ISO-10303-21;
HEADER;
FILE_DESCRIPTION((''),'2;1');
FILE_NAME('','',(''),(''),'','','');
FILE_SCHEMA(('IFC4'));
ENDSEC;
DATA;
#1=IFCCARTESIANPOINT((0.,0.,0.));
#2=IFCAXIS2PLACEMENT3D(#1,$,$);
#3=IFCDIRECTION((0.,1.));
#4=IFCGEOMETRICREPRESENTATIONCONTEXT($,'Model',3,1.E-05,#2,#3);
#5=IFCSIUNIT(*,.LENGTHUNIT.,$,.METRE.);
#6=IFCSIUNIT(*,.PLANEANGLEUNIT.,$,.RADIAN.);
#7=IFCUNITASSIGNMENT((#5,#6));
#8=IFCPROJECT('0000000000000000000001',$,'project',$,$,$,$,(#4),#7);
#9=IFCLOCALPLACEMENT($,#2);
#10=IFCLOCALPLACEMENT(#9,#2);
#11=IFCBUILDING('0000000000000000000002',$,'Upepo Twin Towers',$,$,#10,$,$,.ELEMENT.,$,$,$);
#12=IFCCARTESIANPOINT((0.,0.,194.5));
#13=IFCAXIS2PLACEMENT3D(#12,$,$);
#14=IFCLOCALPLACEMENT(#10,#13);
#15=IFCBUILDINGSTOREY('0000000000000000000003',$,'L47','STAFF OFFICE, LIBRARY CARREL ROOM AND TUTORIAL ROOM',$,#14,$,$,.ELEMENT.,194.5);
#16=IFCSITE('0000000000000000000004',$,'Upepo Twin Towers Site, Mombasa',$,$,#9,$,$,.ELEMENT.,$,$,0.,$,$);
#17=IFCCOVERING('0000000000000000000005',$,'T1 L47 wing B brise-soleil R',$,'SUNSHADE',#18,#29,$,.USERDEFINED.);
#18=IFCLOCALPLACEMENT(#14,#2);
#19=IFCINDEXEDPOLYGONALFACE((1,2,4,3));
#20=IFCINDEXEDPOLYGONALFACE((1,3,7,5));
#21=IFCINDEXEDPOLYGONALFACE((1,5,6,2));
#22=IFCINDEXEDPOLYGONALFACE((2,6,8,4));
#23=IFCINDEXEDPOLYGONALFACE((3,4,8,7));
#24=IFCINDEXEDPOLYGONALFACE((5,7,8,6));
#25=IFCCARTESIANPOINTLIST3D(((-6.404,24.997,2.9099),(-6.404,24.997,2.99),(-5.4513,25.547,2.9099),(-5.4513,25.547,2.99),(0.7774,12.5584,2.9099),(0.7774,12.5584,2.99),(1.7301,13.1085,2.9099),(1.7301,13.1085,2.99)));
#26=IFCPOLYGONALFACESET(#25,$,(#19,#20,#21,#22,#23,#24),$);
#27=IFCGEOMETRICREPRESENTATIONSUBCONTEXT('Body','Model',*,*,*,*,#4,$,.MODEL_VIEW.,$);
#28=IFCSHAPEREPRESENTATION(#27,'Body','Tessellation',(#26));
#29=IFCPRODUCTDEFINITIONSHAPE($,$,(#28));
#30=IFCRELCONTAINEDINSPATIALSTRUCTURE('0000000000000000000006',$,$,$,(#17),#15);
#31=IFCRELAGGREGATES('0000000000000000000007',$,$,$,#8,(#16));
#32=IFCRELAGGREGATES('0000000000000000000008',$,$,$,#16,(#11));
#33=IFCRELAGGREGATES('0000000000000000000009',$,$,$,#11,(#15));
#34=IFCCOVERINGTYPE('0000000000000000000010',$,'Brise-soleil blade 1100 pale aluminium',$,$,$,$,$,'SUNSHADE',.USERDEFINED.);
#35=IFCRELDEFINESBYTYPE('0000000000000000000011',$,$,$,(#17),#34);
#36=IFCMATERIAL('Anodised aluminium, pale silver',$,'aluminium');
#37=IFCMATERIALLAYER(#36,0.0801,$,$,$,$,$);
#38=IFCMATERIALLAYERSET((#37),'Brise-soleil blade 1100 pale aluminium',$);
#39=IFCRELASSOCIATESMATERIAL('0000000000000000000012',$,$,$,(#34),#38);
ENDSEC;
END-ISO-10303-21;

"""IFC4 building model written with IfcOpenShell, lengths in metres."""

from ifc_helpers import new_model, si_unit, direction, frame, origin, origin_2d, place, context, subcontext, project, spatial, rectangle, extrude, material, layer, layer_set, type_object, element, save


model = new_model("IFC4")

# Units and contexts
model_context = context("Model", 3, precision=1e-05, world=origin(), true_north=direction((0.0, 1.0)))
body_context = subcontext(model_context, "Body", "Model", "MODEL_VIEW")
ifc_project = project(units=[si_unit("LENGTHUNIT", "METRE"), si_unit("PLANEANGLEUNIT", "RADIAN")], contexts=[model_context])

# Site, building, storey
site_placement = place(None, origin())
site = spatial("IfcSite", under=ifc_project, at=site_placement, Name="Upepo Twin Towers Site, Mombasa", CompositionType="ELEMENT", RefElevation=0.0)
building_placement = place(site_placement, origin())
building = spatial("IfcBuilding", under=site, at=building_placement, Name="Upepo Twin Towers", CompositionType="ELEMENT")
storey_placement = place(building_placement, frame((0.0, 0.0, 194.5)))
storey = spatial("IfcBuildingStorey", under=building, at=storey_placement, Name="L47", Description="STAFF OFFICE, LIBRARY CARREL ROOM AND TUTORIAL ROOM", CompositionType="ELEMENT", Elevation=194.5)

# Covering
ifc_material_1 = material(Name="Anodised aluminium, pale silver", Category="aluminium")
ifc_layer_1 = layer(ifc_material_1, 0.0801)
ifc_layer_set_1 = layer_set([ifc_layer_1], Name="Brise-soleil blade 1100 pale aluminium")
covering_type = type_object("IfcCoveringType", Name="Brise-soleil blade 1100 pale aluminium", ElementType="SUNSHADE", PredefinedType="USERDEFINED", material=ifc_layer_set_1)
covering_placement = place(storey_placement, frame((-2.3369, 19.0527, 2.9099), z_axis=(0.0, 0.0, 1.0), x_axis=(-0.5, 0.866025, 0.0)))
element("IfcCovering", 1, at=covering_placement, inside=storey, type_object=covering_type, Name="T1 L47 wing B brise-soleil R", ObjectType="SUNSHADE", PredefinedType="USERDEFINED", context=body_context, shape_type="SweptSolid", body=[
    extrude(rectangle(XDim=14.3628, YDim=1.1001, at=origin_2d()), origin(), (0.0, 0.0, 1.0), 0.0801),
])

save(model, "model.ifc")
